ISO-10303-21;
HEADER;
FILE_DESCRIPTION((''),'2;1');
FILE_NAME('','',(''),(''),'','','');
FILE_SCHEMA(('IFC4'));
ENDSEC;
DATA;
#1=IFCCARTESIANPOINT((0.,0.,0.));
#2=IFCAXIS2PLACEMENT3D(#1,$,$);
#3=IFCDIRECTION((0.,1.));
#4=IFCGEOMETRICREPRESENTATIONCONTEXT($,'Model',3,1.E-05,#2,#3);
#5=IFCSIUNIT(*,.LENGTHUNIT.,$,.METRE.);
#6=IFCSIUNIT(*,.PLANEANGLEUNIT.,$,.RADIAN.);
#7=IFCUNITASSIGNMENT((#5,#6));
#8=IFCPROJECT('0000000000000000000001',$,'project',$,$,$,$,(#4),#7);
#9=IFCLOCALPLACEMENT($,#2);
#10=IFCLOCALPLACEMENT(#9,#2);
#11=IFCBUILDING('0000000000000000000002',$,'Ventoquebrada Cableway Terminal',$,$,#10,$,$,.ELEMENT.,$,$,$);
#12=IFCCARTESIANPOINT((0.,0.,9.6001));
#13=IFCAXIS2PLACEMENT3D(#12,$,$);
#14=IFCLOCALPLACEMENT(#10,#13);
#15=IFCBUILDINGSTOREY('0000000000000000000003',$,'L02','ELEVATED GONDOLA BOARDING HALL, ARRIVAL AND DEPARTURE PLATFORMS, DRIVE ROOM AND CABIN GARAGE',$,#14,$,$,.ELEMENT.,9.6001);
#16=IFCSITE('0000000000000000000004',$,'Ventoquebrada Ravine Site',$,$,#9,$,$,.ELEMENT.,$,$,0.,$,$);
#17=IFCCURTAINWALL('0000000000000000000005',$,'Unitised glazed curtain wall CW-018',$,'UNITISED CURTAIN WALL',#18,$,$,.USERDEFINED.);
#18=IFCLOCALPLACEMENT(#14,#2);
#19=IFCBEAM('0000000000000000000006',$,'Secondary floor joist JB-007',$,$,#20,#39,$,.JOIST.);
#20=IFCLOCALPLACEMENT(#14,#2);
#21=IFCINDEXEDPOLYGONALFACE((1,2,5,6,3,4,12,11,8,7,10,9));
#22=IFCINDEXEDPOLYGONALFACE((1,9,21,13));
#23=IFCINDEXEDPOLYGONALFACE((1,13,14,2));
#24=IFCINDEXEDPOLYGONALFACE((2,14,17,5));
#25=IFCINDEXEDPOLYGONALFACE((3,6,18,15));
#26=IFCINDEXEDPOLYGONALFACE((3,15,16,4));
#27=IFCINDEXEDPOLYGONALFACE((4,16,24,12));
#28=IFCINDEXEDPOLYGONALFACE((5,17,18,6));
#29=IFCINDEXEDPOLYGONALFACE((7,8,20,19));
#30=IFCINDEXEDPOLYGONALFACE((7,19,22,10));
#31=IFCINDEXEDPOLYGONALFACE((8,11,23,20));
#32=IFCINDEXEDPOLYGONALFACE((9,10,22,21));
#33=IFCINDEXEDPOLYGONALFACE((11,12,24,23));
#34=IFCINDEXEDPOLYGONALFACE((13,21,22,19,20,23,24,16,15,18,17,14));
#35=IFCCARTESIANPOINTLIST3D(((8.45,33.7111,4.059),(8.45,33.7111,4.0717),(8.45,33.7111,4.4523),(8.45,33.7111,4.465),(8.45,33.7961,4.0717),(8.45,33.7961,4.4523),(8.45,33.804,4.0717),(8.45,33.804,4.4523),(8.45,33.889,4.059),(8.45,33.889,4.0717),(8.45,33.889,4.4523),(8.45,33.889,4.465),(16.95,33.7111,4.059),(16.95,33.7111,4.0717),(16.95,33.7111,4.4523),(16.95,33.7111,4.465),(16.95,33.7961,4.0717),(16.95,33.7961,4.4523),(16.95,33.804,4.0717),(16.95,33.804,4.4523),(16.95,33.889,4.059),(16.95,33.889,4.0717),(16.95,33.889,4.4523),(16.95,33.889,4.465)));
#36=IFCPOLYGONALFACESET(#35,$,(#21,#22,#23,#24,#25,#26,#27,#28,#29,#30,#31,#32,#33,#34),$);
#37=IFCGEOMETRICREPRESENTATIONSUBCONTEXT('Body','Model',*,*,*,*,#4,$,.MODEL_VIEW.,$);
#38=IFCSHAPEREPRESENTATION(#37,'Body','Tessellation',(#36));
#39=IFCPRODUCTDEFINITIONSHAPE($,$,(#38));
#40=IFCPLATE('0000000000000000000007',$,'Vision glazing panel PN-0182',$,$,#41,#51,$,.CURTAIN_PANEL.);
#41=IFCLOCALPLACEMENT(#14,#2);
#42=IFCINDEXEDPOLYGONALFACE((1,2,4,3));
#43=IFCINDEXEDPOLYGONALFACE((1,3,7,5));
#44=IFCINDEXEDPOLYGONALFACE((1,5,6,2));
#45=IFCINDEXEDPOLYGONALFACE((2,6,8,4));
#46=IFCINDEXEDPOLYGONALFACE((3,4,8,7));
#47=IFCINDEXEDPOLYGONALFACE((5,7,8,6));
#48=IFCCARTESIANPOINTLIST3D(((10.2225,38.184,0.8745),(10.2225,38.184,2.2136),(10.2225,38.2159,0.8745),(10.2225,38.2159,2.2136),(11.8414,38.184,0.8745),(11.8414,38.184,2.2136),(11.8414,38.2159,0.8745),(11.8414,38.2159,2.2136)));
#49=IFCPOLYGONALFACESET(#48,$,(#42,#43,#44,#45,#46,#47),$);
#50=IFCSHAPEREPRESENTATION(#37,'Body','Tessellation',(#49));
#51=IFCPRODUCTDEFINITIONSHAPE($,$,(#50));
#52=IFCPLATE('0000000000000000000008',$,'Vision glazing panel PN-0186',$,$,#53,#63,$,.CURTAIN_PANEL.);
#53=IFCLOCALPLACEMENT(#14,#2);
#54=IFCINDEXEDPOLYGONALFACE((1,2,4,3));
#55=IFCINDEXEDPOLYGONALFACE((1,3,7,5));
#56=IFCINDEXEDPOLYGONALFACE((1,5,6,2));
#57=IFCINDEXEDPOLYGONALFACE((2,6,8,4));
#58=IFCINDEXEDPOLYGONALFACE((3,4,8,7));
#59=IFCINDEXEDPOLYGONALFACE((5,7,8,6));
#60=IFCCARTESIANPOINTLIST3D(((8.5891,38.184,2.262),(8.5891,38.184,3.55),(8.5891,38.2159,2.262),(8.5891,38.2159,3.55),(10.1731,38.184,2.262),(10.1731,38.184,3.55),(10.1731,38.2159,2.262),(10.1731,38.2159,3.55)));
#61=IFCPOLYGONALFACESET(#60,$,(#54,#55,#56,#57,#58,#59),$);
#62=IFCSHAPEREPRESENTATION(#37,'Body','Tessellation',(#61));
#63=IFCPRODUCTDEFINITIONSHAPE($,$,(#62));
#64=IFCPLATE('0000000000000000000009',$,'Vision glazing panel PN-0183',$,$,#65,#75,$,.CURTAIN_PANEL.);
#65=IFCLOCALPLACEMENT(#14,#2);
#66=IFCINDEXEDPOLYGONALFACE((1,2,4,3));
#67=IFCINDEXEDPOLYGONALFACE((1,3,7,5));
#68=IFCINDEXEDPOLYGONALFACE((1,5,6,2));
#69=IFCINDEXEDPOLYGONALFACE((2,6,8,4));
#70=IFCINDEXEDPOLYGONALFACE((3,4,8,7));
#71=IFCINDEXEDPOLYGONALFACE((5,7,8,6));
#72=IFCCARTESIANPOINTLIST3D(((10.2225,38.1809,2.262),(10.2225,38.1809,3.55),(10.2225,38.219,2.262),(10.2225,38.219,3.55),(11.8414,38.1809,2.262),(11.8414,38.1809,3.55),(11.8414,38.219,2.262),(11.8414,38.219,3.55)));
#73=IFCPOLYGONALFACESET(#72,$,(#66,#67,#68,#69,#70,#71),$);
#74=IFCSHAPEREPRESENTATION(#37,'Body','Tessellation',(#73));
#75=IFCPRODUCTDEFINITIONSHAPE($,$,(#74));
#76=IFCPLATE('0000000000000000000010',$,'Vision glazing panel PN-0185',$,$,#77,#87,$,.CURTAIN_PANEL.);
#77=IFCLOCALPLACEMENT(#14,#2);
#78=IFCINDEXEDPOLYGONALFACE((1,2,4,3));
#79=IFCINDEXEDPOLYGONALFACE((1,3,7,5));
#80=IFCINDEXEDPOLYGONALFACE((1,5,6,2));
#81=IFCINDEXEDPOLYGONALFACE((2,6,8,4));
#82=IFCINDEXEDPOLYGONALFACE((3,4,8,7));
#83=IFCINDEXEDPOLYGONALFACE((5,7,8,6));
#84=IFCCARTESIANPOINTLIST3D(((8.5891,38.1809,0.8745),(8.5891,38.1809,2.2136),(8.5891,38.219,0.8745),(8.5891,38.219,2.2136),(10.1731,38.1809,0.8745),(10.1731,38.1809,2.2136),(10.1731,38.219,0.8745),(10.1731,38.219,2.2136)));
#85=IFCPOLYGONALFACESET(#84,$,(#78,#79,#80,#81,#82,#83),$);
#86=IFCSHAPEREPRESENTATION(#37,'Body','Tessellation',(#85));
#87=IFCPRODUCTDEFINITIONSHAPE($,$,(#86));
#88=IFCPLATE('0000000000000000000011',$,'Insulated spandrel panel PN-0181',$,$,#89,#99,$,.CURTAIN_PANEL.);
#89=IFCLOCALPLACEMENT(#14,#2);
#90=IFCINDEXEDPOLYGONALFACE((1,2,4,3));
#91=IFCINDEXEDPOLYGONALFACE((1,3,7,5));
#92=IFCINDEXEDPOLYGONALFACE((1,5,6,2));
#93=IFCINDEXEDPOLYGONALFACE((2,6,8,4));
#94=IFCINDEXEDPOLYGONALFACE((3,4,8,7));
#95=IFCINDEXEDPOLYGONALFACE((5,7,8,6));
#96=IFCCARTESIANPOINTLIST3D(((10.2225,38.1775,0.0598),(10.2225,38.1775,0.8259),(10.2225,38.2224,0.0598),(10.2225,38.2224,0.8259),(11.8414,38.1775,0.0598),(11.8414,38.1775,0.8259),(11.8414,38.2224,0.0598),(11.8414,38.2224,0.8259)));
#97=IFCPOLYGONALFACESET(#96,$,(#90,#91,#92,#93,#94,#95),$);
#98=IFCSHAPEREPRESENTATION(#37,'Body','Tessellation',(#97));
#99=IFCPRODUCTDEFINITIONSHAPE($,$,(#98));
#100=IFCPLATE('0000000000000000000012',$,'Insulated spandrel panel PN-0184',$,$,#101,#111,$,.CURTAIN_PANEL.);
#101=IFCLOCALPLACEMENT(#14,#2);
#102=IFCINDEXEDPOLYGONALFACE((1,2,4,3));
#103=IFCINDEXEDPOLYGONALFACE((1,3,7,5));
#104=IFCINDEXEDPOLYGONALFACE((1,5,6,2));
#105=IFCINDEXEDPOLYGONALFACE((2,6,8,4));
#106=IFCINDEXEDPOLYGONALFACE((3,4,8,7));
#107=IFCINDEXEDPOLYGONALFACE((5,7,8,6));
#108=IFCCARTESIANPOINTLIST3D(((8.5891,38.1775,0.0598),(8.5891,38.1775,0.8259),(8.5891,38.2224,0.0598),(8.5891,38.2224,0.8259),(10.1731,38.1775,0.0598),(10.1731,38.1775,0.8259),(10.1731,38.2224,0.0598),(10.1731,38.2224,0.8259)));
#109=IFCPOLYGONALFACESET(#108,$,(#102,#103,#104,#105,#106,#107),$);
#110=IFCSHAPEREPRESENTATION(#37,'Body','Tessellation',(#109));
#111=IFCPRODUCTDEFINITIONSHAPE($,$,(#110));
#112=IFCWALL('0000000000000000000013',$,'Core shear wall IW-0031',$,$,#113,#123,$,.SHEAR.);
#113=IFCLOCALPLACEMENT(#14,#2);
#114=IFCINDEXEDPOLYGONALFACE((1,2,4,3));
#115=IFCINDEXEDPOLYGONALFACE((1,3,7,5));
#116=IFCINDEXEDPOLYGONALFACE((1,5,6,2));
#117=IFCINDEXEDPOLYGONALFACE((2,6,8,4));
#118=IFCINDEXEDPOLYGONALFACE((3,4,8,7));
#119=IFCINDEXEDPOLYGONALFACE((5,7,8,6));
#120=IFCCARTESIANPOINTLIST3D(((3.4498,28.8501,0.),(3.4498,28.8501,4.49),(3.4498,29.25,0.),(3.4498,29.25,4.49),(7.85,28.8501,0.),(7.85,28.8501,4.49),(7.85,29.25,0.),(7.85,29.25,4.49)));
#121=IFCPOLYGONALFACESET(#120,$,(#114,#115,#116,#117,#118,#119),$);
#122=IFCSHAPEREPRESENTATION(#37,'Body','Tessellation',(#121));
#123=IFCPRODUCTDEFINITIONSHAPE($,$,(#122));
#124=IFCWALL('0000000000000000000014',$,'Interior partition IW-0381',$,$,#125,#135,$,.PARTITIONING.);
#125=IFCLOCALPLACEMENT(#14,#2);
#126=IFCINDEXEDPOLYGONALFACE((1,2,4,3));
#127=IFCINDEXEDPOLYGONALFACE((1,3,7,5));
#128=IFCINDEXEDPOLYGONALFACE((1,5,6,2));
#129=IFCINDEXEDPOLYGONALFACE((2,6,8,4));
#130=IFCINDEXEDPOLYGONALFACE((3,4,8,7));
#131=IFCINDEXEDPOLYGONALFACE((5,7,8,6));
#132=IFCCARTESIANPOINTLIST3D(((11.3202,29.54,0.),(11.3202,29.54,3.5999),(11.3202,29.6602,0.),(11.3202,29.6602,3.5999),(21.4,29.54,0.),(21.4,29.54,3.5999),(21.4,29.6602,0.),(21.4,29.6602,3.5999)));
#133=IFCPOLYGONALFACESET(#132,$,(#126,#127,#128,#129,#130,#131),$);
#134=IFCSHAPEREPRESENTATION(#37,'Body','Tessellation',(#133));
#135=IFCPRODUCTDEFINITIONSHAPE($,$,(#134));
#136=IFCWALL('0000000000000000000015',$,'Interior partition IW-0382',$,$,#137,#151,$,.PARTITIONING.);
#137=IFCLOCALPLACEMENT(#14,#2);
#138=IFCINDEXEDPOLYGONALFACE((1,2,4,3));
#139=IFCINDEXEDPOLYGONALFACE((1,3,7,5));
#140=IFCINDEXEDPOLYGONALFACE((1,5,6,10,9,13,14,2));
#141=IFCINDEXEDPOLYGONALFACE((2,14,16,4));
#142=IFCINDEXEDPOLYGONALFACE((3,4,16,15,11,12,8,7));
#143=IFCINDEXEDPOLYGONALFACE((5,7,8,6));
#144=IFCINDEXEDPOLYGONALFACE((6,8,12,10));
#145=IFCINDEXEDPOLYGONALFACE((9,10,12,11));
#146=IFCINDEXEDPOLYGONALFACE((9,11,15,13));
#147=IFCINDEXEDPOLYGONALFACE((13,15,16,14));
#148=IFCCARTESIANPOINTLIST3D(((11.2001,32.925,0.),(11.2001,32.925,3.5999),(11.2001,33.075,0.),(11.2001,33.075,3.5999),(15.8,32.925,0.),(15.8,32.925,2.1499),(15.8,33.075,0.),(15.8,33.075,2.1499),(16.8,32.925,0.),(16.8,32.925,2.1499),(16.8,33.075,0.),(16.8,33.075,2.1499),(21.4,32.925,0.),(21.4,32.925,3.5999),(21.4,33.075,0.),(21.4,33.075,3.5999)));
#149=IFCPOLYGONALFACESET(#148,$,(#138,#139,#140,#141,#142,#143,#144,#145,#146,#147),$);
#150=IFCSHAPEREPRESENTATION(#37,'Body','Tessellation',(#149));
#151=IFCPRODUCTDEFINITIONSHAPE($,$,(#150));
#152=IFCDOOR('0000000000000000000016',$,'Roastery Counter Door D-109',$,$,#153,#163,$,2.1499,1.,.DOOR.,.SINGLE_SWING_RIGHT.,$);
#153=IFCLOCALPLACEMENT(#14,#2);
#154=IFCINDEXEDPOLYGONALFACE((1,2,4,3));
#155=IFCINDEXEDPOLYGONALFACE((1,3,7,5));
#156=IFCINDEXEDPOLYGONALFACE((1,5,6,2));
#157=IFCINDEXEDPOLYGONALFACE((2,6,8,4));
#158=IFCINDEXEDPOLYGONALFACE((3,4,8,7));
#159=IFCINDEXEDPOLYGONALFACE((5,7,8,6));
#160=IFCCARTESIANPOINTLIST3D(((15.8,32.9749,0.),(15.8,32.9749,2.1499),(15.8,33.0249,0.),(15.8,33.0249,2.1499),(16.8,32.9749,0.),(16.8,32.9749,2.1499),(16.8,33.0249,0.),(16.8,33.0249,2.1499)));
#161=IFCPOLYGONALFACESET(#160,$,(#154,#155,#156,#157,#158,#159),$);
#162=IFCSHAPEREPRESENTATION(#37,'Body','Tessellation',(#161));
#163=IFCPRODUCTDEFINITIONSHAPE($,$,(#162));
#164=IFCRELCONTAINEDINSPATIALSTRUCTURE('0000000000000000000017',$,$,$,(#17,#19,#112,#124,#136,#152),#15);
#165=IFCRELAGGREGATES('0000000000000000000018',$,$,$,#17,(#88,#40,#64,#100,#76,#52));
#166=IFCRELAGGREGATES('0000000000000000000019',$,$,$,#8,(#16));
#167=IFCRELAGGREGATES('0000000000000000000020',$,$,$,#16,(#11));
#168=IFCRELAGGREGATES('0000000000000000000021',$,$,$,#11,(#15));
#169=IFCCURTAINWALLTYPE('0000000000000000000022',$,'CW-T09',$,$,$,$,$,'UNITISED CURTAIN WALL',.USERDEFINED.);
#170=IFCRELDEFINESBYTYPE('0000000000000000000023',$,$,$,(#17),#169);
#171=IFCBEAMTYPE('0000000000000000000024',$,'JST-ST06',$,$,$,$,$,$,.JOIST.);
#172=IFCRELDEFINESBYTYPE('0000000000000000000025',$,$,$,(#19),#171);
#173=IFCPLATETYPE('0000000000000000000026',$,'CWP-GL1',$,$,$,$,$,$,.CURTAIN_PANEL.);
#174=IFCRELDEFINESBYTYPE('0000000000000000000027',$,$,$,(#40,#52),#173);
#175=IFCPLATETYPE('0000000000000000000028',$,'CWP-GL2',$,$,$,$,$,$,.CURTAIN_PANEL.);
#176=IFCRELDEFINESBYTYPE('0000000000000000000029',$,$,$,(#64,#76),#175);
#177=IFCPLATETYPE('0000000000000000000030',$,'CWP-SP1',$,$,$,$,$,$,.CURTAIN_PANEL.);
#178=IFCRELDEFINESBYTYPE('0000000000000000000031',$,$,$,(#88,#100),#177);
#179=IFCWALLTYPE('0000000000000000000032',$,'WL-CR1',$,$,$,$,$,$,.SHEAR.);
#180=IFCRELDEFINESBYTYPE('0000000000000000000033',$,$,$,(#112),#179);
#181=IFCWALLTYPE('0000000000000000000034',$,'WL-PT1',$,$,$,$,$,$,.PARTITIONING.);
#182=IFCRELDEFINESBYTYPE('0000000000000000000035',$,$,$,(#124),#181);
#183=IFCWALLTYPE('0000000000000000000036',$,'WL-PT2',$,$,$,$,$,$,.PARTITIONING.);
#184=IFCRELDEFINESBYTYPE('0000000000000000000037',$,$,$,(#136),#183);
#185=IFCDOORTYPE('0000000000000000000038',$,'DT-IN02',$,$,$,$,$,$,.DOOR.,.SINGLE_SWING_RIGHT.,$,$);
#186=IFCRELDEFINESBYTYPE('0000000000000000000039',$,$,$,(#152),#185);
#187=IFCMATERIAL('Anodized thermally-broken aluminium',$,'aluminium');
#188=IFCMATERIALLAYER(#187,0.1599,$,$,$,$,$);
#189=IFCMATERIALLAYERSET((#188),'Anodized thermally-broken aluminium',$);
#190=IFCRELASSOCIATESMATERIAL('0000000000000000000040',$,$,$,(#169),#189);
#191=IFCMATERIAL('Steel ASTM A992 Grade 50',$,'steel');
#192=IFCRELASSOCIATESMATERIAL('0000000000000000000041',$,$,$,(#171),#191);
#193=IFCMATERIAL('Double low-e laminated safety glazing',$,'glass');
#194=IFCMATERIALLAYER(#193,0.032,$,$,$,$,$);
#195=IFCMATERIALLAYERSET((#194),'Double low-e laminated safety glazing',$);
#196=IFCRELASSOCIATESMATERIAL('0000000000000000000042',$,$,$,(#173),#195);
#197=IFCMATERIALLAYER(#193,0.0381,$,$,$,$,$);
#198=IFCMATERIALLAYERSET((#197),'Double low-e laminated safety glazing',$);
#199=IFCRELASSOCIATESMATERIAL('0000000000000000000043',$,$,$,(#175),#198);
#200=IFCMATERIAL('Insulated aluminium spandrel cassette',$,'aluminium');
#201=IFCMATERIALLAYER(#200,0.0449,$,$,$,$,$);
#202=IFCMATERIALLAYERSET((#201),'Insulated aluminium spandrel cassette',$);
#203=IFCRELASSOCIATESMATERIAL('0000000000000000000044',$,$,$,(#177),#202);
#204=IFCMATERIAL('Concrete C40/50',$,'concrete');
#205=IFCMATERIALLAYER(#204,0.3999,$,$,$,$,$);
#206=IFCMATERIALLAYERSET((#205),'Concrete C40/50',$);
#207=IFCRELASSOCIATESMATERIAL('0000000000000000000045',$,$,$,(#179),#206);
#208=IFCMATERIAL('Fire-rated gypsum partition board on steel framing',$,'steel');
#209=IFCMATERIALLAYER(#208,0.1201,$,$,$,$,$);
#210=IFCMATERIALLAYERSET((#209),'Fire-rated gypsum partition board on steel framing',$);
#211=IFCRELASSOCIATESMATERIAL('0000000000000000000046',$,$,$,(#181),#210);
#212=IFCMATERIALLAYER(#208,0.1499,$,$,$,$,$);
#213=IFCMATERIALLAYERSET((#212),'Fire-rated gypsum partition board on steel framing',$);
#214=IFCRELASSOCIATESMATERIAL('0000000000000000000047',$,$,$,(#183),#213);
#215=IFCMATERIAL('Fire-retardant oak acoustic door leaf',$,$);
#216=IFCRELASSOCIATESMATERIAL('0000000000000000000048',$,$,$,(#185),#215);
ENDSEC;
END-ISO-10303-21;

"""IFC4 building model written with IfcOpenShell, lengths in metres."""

from ifc_helpers import new_model, si_unit, direction, frame, frame_2d, origin, origin_2d, place, context, subcontext, project, spatial, rectangle, i_section, extrude, material, layer, layer_set, material_profile, profile_set, type_object, element, fill, aggregate, save


model = new_model("IFC4")

# Units and contexts
model_context = context("Model", 3, precision=1e-05, world=origin(), true_north=direction((0.0, 1.0)))
body_context = subcontext(model_context, "Body", "Model", "MODEL_VIEW")
ifc_project = project(units=[si_unit("LENGTHUNIT", "METRE"), si_unit("PLANEANGLEUNIT", "RADIAN")], contexts=[model_context])

# Site, building, storey
site_placement = place(None, origin())
site = spatial("IfcSite", under=ifc_project, at=site_placement, Name="Ventoquebrada Ravine Site", CompositionType="ELEMENT", RefElevation=0.0)
building_placement = place(site_placement, origin())
building = spatial("IfcBuilding", under=site, at=building_placement, Name="Ventoquebrada Cableway Terminal", CompositionType="ELEMENT")
storey_placement = place(building_placement, frame((0.0, 0.0, 9.6001)))
storey = spatial("IfcBuildingStorey", under=building, at=storey_placement, Name="L02", Description="ELEVATED GONDOLA BOARDING HALL, ARRIVAL AND DEPARTURE PLATFORMS, DRIVE ROOM AND CABIN GARAGE", CompositionType="ELEMENT", Elevation=9.6001)

# Shared definitions
ifc_material_1 = material(Name="Concrete C40/50", Category="concrete")

# Shared definitions
ifc_material_2 = material(Name="Anodized thermally-broken aluminium", Category="aluminium")

# Curtain wall
ifc_layer_1 = layer(ifc_material_2, 0.1599)
ifc_layer_set_1 = layer_set([ifc_layer_1], Name="Anodized thermally-broken aluminium")
curtain_wall_type_1 = type_object("IfcCurtainWallType", Name="CW-T09", ElementType="UNITISED CURTAIN WALL", PredefinedType="USERDEFINED", material=ifc_layer_set_1)
curtain_wall_1_placement = place(storey_placement, origin())
curtain_wall_1 = element("IfcCurtainWall", 1, at=curtain_wall_1_placement, inside=storey, type_object=curtain_wall_type_1, Name="Unitised glazed curtain wall CW-018", ObjectType="UNITISED CURTAIN WALL", PredefinedType="USERDEFINED")

# Beam
ifc_material_3 = material(Name="Steel ASTM A992 Grade 50", Category="steel")
ifc_material_profile_1 = material_profile(ifc_material_3, i_section(OverallWidth=0.178, OverallDepth=0.406, WebThickness=0.0078, FlangeThickness=0.0127, at=origin_2d()), Name="W16X40")
ifc_profile_set_1 = profile_set([ifc_material_profile_1], Name="Steel ASTM A992 Grade 50")
beam_type_1 = type_object("IfcBeamType", Name="JST-ST06", PredefinedType="JOIST", material=ifc_profile_set_1)
beam_placement = place(storey_placement, frame((8.45, 33.8, 4.262), z_axis=(1.0, 0.0, 0.0), x_axis=(0.0, 1.0, 0.0)))
element("IfcBeam", 2, at=beam_placement, inside=storey, type_object=beam_type_1, Name="Secondary floor joist JB-007", PredefinedType="JOIST", context=body_context, shape_type="SweptSolid", body=[
    extrude(i_section(OverallWidth=0.178, OverallDepth=0.406, WebThickness=0.0078, FlangeThickness=0.0127, at=origin_2d()), origin(), (0.0, 0.0, 1.0), 8.5),
])

# Plates
ifc_material_4 = material(Name="Double low-e laminated safety glazing", Category="glass")
ifc_layer_2 = layer(ifc_material_4, 0.032)
ifc_layer_set_2 = layer_set([ifc_layer_2], Name="Double low-e laminated safety glazing")
plate_type_1 = type_object("IfcPlateType", Name="CWP-GL1", PredefinedType="CURTAIN_PANEL", material=ifc_layer_set_2)
plate_1_placement = place(storey_placement, frame((11.032, 38.2, 0.8745), z_axis=(0.0, 0.0, 1.0), x_axis=(-1.0, 0.0, 0.0)))
plate_1 = element("IfcPlate", 3, at=plate_1_placement, type_object=plate_type_1, Name="Vision glazing panel PN-0182", PredefinedType="CURTAIN_PANEL", context=body_context, shape_type="SweptSolid", body=[
    extrude(rectangle(XDim=1.6189, YDim=0.032, at=origin_2d()), origin(), (0.0, 0.0, 1.0), 1.3391),
])
plate_2_placement = place(storey_placement, frame((9.3811, 38.2, 2.262), z_axis=(0.0, 0.0, 1.0), x_axis=(-1.0, 0.0, 0.0)))
plate_2 = element("IfcPlate", 4, at=plate_2_placement, type_object=plate_type_1, Name="Vision glazing panel PN-0186", PredefinedType="CURTAIN_PANEL", context=body_context, shape_type="SweptSolid", body=[
    extrude(rectangle(XDim=1.584, YDim=0.032, at=origin_2d()), origin(), (0.0, 0.0, 1.0), 1.2881),
])
ifc_layer_3 = layer(ifc_material_4, 0.0381)
ifc_layer_set_3 = layer_set([ifc_layer_3], Name="Double low-e laminated safety glazing")
plate_type_2 = type_object("IfcPlateType", Name="CWP-GL2", PredefinedType="CURTAIN_PANEL", material=ifc_layer_set_3)
plate_3_placement = place(storey_placement, frame((11.032, 38.2, 2.262), z_axis=(0.0, 0.0, 1.0), x_axis=(-1.0, 0.0, 0.0)))
plate_3 = element("IfcPlate", 5, at=plate_3_placement, type_object=plate_type_2, Name="Vision glazing panel PN-0183", PredefinedType="CURTAIN_PANEL", context=body_context, shape_type="SweptSolid", body=[
    extrude(rectangle(XDim=1.6189, YDim=0.0381, at=origin_2d()), origin(), (0.0, 0.0, 1.0), 1.2881),
])
plate_4_placement = place(storey_placement, frame((9.3811, 38.2, 0.8745), z_axis=(0.0, 0.0, 1.0), x_axis=(-1.0, 0.0, 0.0)))
plate_4 = element("IfcPlate", 6, at=plate_4_placement, type_object=plate_type_2, Name="Vision glazing panel PN-0185", PredefinedType="CURTAIN_PANEL", context=body_context, shape_type="SweptSolid", body=[
    extrude(rectangle(XDim=1.584, YDim=0.0381, at=origin_2d()), origin(), (0.0, 0.0, 1.0), 1.3391),
])
ifc_material_5 = material(Name="Insulated aluminium spandrel cassette", Category="aluminium")
ifc_layer_4 = layer(ifc_material_5, 0.0449)
ifc_layer_set_4 = layer_set([ifc_layer_4], Name="Insulated aluminium spandrel cassette")
plate_type_3 = type_object("IfcPlateType", Name="CWP-SP1", PredefinedType="CURTAIN_PANEL", material=ifc_layer_set_4)
plate_5_placement = place(storey_placement, frame((11.032, 38.2, 0.0598), z_axis=(0.0, 0.0, 1.0), x_axis=(-1.0, 0.0, 0.0)))
plate_5 = element("IfcPlate", 7, at=plate_5_placement, type_object=plate_type_3, Name="Insulated spandrel panel PN-0181", PredefinedType="CURTAIN_PANEL", context=body_context, shape_type="SweptSolid", body=[
    extrude(rectangle(XDim=1.6189, YDim=0.0449, at=origin_2d()), origin(), (0.0, 0.0, 1.0), 0.7661),
])
plate_6_placement = place(storey_placement, frame((9.3811, 38.2, 0.0598), z_axis=(0.0, 0.0, 1.0), x_axis=(-1.0, 0.0, 0.0)))
plate_6 = element("IfcPlate", 8, at=plate_6_placement, type_object=plate_type_3, Name="Insulated spandrel panel PN-0184", PredefinedType="CURTAIN_PANEL", context=body_context, shape_type="SweptSolid", body=[
    extrude(rectangle(XDim=1.584, YDim=0.0449, at=origin_2d()), origin(), (0.0, 0.0, 1.0), 0.7661),
])
aggregate(curtain_wall_1, [plate_5, plate_1, plate_3, plate_6, plate_4, plate_2])

# Walls
ifc_layer_5 = layer(ifc_material_1, 0.3999)
ifc_layer_set_5 = layer_set([ifc_layer_5], Name="Concrete C40/50")
wall_type_1 = type_object("IfcWallType", Name="WL-CR1", PredefinedType="SHEAR", material=ifc_layer_set_5)
wall_1_placement = place(storey_placement, frame((7.8501, 29.05, 0.0), z_axis=(0.0, 0.0, 1.0), x_axis=(-1.0, 0.0, 0.0)))
element("IfcWall", 9, at=wall_1_placement, inside=storey, type_object=wall_type_1, Name="Core shear wall IW-0031", PredefinedType="SHEAR", context=body_context, shape_type="SweptSolid", body=[
    extrude(rectangle(XDim=4.4001, YDim=0.3999, at=frame_2d((2.2002, 0.0))), origin(), (0.0, 0.0, 1.0), 4.49),
])
ifc_material_6 = material(Name="Fire-rated gypsum partition board on steel framing", Category="steel")
ifc_layer_6 = layer(ifc_material_6, 0.1201)
ifc_layer_set_6 = layer_set([ifc_layer_6], Name="Fire-rated gypsum partition board on steel framing")
wall_type_2 = type_object("IfcWallType", Name="WL-PT1", PredefinedType="PARTITIONING", material=ifc_layer_set_6)
wall_2_placement = place(storey_placement, frame((11.3201, 29.6001, 0.0), z_axis=(0.0, 0.0, 1.0), x_axis=(1.0, 0.0, 0.0)))
element("IfcWall", 10, at=wall_2_placement, inside=storey, type_object=wall_type_2, Name="Interior partition IW-0381", PredefinedType="PARTITIONING", context=body_context, shape_type="SweptSolid", body=[
    extrude(rectangle(XDim=10.0798, YDim=0.1201, at=frame_2d((5.04, 0.0))), origin(), (0.0, 0.0, 1.0), 3.5999),
])

# Wall, opening, door
ifc_layer_7 = layer(ifc_material_6, 0.1499)
ifc_layer_set_7 = layer_set([ifc_layer_7], Name="Fire-rated gypsum partition board on steel framing")
wall_type_3 = type_object("IfcWallType", Name="WL-PT2", PredefinedType="PARTITIONING", material=ifc_layer_set_7)
wall_3_placement = place(storey_placement, frame((11.2, 33.0, 0.0), z_axis=(0.0, 0.0, 1.0), x_axis=(1.0, 0.0, 0.0)))
wall_3 = element("IfcWall", 11, at=wall_3_placement, inside=storey, type_object=wall_type_3, Name="Interior partition IW-0382", PredefinedType="PARTITIONING", context=body_context, shape_type="SweptSolid", body=[
    extrude(rectangle(XDim=10.2, YDim=0.1499, at=frame_2d((5.1001, 0.0))), origin(), (0.0, 0.0, 1.0), 3.5999),
])
opening_1_placement = place(wall_3_placement, frame((4.6001, 0.0, 0.0)))
opening_1 = element("IfcOpeningElement", 12, at=opening_1_placement, cuts=wall_3, PredefinedType="OPENING", context=body_context, shape_type="SweptSolid", body=[
    extrude(rectangle(XDim=1.0, YDim=2.1499, at=frame_2d((0.5, 1.075))), frame((0.0, 0.085, 0.0), z_axis=(0.0, -1.0, 0.0), x_axis=(1.0, 0.0, 0.0)), (0.0, 0.0, 1.0), 0.1699),
])
ifc_material_7 = material(Name="Fire-retardant oak acoustic door leaf")
door_type_1 = type_object("IfcDoorType", Name="DT-IN02", OperationType="SINGLE_SWING_RIGHT", PredefinedType="DOOR", material=ifc_material_7)
door_1_placement = place(opening_1_placement, origin())
door_1 = element("IfcDoor", 13, at=door_1_placement, inside=storey, type_object=door_type_1, Name="Roastery Counter Door D-109", OperationType="SINGLE_SWING_RIGHT", OverallHeight=2.1499, OverallWidth=1.0, PredefinedType="DOOR", context=body_context, shape_type="SweptSolid", body=[
    extrude(rectangle(XDim=1.0, YDim=2.1499, at=frame_2d((0.5, 1.075))), frame((0.0, 0.0249, 0.0), z_axis=(0.0, -1.0, 0.0), x_axis=(1.0, 0.0, 0.0)), (0.0, 0.0, 1.0), 0.05),
])
fill(opening_1, door_1)

save(model, "model.ifc")
